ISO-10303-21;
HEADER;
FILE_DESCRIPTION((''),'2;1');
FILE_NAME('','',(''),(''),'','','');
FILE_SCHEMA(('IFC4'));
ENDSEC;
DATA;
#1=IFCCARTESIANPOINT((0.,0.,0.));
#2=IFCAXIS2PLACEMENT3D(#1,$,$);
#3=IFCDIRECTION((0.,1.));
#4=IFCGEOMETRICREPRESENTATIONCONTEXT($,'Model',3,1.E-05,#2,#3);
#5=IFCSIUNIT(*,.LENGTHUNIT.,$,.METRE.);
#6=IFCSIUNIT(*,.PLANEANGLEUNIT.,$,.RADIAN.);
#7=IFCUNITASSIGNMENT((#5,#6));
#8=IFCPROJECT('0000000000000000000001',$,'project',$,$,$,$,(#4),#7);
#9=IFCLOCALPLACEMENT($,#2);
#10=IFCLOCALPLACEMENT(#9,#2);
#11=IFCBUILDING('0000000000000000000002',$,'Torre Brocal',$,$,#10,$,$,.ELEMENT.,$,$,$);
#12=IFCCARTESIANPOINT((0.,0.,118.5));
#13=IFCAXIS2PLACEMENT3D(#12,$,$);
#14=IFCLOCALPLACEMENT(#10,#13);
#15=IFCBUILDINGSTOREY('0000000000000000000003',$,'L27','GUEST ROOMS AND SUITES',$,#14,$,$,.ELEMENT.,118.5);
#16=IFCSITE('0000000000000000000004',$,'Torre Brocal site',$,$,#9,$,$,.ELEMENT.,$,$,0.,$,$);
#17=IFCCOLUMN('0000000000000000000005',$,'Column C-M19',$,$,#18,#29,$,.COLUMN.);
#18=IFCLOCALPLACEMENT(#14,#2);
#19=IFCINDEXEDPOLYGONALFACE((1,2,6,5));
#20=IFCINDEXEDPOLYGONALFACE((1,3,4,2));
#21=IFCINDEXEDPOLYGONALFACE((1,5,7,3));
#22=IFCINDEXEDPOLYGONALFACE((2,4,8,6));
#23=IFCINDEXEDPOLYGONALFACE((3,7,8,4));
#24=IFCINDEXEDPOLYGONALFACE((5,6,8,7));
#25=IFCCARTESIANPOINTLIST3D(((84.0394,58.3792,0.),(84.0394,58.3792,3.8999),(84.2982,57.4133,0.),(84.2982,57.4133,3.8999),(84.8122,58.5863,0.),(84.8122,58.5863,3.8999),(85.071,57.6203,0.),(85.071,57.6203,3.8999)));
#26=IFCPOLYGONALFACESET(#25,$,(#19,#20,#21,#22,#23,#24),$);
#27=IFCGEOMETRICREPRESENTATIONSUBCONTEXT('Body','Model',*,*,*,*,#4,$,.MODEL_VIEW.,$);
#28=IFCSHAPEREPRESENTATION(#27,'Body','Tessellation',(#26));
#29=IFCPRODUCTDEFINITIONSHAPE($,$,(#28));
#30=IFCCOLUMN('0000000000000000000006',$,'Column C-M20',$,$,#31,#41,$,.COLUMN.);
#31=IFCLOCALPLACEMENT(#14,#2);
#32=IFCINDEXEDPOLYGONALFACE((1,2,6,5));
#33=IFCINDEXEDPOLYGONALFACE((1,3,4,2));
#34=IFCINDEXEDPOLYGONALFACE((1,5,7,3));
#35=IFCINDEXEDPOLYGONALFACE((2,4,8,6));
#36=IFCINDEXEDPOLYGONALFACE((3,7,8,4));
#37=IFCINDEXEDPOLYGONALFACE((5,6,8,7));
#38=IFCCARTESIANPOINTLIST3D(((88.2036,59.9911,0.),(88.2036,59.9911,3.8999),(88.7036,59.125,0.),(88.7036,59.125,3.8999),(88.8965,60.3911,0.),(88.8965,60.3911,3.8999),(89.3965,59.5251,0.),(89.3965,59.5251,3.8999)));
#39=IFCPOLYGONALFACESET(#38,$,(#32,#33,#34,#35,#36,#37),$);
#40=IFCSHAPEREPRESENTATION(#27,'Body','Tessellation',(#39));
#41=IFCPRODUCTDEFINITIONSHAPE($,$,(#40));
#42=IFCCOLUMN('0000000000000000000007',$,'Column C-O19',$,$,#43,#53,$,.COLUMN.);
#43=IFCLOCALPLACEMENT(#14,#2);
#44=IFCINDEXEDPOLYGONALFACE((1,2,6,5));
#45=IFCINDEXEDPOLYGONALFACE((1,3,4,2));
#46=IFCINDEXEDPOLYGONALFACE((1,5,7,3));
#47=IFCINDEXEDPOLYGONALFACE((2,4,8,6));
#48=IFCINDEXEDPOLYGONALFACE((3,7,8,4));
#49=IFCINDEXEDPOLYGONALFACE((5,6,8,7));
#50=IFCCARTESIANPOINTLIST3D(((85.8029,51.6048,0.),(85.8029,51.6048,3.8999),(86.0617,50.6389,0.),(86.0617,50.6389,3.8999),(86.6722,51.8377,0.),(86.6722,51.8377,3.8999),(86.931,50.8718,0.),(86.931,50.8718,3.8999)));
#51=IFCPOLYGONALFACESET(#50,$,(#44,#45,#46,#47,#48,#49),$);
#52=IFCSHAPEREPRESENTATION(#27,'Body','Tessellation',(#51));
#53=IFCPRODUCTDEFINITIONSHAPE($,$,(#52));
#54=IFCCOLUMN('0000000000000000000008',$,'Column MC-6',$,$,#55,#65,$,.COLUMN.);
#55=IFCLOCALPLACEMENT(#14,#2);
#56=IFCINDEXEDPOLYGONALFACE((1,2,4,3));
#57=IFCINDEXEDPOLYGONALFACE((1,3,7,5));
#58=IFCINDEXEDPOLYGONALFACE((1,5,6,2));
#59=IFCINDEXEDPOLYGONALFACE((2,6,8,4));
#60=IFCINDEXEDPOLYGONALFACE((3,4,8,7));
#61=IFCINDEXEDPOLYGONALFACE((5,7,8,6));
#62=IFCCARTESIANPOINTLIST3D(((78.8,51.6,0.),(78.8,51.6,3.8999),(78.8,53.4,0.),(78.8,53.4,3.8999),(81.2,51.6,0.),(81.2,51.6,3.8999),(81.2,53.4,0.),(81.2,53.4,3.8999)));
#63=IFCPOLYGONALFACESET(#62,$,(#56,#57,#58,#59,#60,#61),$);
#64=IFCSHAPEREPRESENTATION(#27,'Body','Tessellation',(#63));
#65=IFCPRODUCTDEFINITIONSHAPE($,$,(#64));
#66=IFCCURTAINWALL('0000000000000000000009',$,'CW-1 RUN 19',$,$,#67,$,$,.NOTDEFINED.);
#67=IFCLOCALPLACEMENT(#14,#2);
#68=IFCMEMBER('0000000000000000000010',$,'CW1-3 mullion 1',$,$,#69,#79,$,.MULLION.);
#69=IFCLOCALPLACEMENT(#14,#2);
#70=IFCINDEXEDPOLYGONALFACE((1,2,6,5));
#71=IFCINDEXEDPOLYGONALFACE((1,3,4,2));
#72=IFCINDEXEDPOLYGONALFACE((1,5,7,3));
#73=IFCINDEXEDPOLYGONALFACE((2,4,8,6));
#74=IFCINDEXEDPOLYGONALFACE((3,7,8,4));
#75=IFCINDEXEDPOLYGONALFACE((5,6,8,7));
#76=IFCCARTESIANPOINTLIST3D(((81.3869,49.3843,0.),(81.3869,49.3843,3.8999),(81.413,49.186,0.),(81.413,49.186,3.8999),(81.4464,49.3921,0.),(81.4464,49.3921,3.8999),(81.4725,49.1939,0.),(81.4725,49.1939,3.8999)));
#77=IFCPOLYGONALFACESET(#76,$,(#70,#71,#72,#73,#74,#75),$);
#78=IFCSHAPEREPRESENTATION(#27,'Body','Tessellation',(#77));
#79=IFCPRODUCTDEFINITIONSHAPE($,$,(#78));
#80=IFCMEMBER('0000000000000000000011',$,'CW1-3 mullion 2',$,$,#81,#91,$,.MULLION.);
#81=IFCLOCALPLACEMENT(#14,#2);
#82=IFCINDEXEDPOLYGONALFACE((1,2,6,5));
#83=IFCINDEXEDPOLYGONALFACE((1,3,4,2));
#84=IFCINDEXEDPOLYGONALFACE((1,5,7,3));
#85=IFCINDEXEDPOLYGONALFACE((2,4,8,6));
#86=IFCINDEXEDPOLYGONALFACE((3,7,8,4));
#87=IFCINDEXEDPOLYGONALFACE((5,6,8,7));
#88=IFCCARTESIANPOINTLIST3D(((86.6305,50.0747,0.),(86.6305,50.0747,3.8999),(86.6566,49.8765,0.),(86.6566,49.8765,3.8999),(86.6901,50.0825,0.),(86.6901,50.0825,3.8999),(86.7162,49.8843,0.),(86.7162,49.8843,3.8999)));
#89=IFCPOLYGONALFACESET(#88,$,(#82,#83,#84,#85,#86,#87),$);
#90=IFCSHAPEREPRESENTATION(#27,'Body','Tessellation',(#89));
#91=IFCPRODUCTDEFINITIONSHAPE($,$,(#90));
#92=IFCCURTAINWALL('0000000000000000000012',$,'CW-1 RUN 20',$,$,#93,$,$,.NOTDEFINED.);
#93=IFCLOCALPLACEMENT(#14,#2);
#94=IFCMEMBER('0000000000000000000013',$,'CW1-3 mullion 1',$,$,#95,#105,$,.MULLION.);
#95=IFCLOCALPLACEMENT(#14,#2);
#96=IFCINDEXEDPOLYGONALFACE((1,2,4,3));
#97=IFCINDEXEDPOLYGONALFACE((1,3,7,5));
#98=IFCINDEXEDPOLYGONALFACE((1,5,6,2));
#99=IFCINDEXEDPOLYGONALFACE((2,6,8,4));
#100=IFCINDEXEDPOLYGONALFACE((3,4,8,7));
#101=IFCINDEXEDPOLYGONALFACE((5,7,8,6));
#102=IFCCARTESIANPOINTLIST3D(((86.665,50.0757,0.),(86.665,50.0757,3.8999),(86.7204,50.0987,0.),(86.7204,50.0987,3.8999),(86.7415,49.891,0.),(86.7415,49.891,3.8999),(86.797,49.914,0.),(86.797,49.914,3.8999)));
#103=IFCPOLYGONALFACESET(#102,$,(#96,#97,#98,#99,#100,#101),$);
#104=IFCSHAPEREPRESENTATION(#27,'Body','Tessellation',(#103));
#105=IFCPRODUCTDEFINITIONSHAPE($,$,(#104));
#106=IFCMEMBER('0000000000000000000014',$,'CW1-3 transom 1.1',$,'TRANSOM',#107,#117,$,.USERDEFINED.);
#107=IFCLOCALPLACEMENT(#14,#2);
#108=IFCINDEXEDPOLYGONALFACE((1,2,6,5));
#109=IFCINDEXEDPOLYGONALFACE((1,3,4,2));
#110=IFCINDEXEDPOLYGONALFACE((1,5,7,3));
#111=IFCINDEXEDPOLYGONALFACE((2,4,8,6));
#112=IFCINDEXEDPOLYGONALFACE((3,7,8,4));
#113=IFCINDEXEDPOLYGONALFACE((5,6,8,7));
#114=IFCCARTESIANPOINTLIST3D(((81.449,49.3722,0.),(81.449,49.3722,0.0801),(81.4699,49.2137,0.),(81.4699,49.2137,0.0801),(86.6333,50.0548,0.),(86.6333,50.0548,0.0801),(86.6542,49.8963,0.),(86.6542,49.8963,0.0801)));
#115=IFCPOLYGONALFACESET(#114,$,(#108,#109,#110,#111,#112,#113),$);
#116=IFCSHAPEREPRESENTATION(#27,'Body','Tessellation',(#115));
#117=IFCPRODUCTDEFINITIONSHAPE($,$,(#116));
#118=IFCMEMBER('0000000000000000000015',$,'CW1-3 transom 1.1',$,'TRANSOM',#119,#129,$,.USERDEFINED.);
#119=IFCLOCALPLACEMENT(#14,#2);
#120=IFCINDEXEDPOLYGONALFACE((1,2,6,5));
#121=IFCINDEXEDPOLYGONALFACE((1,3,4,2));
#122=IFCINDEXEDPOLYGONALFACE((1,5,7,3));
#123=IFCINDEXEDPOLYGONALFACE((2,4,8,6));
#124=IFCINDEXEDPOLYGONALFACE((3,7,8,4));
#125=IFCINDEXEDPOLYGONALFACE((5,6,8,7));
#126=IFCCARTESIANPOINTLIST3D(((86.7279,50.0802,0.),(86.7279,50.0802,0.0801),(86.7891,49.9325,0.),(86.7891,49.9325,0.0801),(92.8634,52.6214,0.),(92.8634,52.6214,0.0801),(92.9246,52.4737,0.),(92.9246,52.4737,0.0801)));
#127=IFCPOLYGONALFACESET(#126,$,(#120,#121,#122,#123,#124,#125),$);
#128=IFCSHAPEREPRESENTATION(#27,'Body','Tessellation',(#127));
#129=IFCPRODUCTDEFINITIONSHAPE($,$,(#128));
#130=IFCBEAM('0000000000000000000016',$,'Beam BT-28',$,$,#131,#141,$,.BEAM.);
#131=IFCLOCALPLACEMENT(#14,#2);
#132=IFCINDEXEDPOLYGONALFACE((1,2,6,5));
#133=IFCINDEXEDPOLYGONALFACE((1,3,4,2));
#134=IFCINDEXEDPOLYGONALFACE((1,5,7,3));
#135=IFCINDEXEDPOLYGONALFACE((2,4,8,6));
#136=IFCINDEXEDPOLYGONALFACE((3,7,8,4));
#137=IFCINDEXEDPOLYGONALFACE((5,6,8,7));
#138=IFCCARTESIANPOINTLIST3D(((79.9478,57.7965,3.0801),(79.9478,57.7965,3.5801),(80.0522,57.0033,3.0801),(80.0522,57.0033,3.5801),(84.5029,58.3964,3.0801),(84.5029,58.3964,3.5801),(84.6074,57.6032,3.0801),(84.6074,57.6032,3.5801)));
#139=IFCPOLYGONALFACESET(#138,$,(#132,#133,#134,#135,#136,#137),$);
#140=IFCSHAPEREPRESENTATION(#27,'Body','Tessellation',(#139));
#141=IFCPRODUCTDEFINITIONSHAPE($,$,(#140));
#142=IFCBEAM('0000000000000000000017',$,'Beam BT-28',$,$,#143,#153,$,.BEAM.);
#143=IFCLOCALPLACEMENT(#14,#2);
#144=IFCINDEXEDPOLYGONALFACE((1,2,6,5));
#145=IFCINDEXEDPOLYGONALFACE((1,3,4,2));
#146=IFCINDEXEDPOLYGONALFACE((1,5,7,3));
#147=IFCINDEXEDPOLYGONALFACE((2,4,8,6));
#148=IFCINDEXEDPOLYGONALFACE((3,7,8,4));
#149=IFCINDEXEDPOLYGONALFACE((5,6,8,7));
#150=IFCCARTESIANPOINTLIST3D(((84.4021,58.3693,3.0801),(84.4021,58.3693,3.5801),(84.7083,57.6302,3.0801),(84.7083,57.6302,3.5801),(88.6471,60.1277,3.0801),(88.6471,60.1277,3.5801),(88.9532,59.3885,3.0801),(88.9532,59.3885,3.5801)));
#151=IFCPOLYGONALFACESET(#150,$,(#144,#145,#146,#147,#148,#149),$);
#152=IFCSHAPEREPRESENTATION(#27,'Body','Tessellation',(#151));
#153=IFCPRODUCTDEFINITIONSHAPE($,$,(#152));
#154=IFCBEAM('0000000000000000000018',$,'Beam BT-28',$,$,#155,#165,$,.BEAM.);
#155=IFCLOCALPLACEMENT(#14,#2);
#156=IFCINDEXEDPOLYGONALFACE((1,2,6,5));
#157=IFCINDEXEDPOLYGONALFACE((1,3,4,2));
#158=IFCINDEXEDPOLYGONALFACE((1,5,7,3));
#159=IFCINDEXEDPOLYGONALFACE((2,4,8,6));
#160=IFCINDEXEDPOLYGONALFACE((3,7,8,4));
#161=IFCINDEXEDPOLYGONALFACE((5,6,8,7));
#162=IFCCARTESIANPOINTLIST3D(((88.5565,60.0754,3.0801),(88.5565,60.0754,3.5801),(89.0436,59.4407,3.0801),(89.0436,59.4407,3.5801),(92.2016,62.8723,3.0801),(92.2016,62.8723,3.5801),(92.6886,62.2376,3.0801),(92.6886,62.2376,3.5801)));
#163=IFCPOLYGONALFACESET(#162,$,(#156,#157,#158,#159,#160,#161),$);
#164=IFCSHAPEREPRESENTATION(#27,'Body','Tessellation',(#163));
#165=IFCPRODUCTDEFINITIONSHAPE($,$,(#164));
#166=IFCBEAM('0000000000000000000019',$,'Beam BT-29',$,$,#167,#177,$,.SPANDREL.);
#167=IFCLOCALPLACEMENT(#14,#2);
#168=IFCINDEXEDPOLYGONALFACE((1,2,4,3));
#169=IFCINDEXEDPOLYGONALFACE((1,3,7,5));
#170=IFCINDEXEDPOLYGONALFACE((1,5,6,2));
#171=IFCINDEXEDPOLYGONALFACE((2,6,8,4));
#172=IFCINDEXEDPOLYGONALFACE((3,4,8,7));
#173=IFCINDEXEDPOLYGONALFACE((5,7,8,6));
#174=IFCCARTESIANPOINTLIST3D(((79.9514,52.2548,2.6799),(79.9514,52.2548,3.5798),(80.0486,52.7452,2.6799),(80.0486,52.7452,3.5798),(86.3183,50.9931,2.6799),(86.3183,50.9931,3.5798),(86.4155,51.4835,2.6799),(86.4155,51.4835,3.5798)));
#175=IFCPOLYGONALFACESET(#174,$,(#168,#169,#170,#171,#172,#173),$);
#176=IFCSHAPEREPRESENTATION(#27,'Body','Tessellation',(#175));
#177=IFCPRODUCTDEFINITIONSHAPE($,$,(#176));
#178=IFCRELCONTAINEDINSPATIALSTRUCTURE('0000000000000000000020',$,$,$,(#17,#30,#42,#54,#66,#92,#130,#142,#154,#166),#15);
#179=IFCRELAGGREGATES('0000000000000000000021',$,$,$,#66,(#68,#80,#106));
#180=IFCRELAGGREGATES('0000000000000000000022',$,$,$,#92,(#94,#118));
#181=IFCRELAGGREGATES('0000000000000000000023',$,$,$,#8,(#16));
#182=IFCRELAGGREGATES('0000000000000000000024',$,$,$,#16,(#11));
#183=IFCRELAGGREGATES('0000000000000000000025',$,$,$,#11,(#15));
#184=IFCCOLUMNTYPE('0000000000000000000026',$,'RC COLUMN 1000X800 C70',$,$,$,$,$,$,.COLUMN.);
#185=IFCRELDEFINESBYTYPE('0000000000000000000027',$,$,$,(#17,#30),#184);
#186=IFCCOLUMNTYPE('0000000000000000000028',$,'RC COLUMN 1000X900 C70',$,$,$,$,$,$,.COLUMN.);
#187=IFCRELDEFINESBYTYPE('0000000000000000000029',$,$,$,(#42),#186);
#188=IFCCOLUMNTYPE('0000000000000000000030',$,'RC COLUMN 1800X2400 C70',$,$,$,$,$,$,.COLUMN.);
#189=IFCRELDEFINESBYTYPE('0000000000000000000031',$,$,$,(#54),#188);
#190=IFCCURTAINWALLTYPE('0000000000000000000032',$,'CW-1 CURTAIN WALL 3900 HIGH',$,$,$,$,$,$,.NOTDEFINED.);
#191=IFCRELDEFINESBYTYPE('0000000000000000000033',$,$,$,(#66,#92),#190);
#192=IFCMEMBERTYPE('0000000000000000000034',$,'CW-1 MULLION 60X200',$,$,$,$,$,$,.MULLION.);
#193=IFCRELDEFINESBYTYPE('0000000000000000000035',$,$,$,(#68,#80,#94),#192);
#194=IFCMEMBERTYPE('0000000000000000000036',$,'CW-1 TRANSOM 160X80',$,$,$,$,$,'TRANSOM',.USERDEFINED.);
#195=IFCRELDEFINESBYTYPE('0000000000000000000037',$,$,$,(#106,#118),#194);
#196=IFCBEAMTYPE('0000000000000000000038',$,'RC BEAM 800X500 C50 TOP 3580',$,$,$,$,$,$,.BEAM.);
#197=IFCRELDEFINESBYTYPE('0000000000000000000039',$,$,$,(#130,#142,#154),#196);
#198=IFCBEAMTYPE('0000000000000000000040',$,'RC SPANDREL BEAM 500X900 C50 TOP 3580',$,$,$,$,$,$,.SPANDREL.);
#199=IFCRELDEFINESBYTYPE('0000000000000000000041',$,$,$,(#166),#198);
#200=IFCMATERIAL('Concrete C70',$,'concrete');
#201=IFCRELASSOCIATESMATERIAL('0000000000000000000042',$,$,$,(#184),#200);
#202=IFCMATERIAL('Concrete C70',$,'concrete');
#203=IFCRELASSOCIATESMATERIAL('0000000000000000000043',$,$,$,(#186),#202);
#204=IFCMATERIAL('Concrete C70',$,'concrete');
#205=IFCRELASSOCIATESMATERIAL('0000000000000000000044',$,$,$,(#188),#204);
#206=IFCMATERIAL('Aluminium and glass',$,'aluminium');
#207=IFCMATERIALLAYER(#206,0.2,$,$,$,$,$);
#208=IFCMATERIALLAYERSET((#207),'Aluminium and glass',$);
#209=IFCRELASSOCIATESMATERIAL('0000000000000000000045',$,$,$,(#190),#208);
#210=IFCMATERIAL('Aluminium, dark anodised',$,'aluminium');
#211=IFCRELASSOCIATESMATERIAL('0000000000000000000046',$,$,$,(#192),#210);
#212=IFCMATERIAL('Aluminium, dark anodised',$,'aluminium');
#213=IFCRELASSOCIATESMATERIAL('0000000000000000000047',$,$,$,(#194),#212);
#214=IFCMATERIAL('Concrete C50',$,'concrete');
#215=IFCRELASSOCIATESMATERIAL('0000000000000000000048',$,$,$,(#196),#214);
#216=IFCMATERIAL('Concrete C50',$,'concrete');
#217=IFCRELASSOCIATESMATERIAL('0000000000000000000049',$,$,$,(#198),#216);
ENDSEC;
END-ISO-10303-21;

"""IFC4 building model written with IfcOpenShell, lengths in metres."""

from ifc_helpers import new_model, si_unit, direction, frame, origin, origin_2d, place, context, subcontext, project, spatial, rectangle, extrude, material, layer, layer_set, material_profile, profile_set, type_object, element, aggregate, save


model = new_model("IFC4")

# Units and contexts
model_context = context("Model", 3, precision=1e-05, world=origin(), true_north=direction((0.0, 1.0)))
body_context = subcontext(model_context, "Body", "Model", "MODEL_VIEW")
ifc_project = project(units=[si_unit("LENGTHUNIT", "METRE"), si_unit("PLANEANGLEUNIT", "RADIAN")], contexts=[model_context])

# Site, building, storey
site_placement = place(None, origin())
site = spatial("IfcSite", under=ifc_project, at=site_placement, Name="Torre Brocal site", CompositionType="ELEMENT", RefElevation=0.0)
building_placement = place(site_placement, origin())
building = spatial("IfcBuilding", under=site, at=building_placement, Name="Torre Brocal", CompositionType="ELEMENT")
storey_placement = place(building_placement, frame((0.0, 0.0, 118.5)))
storey = spatial("IfcBuildingStorey", under=building, at=storey_placement, Name="L27", Description="GUEST ROOMS AND SUITES", CompositionType="ELEMENT", Elevation=118.5)

# Columns
ifc_material_1 = material(Name="Concrete C70", Category="concrete")
ifc_material_profile_1 = material_profile(ifc_material_1, rectangle(XDim=1.0, YDim=0.8, at=origin_2d()), Name="RC 1000X800")
ifc_profile_set_1 = profile_set([ifc_material_profile_1], Name="Concrete C70")
column_type_1 = type_object("IfcColumnType", Name="RC COLUMN 1000X800 C70", PredefinedType="COLUMN", material=ifc_profile_set_1)
for number, where, z_axis, x_axis, name in (
    (1, (84.5552, 57.9998, 0.0), (0.0, 0.0, 1.0), (0.258819, -0.965926, 0.0), "Column C-M19"),
    (2, (88.8, 59.7581, 0.0), (0.0, 0.0, 1.0), (0.5, -0.866025, 0.0), "Column C-M20"),
):
    element("IfcColumn", number, at=place(storey_placement, frame(where, z_axis=z_axis, x_axis=x_axis)), inside=storey, type_object=column_type_1, Name=name, PredefinedType="COLUMN", context=body_context, shape_type="SweptSolid", body=[
        extrude(rectangle(XDim=1.0, YDim=0.8, at=origin_2d()), origin(), (0.0, 0.0, 1.0), 3.8999),
    ])
ifc_material_2 = material(Name="Concrete C70", Category="concrete")
ifc_material_profile_2 = material_profile(ifc_material_2, rectangle(XDim=1.0, YDim=0.8999, at=origin_2d()), Name="RC 1000X900")
ifc_profile_set_2 = profile_set([ifc_material_profile_2], Name="Concrete C70")
column_type_2 = type_object("IfcColumnType", Name="RC COLUMN 1000X900 C70", PredefinedType="COLUMN", material=ifc_profile_set_2)
column_1_placement = place(storey_placement, frame((86.3669, 51.2383, 0.0), z_axis=(0.0, 0.0, 1.0), x_axis=(0.258819, -0.965926, 0.0)))
element("IfcColumn", 3, at=column_1_placement, inside=storey, type_object=column_type_2, Name="Column C-O19", PredefinedType="COLUMN", context=body_context, shape_type="SweptSolid", body=[
    extrude(rectangle(XDim=1.0, YDim=0.8999, at=origin_2d()), origin(), (0.0, 0.0, 1.0), 3.8999),
])
ifc_material_3 = material(Name="Concrete C70", Category="concrete")
ifc_material_profile_3 = material_profile(ifc_material_3, rectangle(XDim=1.8, YDim=2.3999, at=origin_2d()), Name="RC 1800X2400")
ifc_profile_set_3 = profile_set([ifc_material_profile_3], Name="Concrete C70")
column_type_3 = type_object("IfcColumnType", Name="RC COLUMN 1800X2400 C70", PredefinedType="COLUMN", material=ifc_profile_set_3)
column_2_placement = place(storey_placement, frame((80.0, 52.5, 0.0), z_axis=(0.0, 0.0, 1.0), x_axis=(0.0, -1.0, 0.0)))
element("IfcColumn", 4, at=column_2_placement, inside=storey, type_object=column_type_3, Name="Column MC-6", PredefinedType="COLUMN", context=body_context, shape_type="SweptSolid", body=[
    extrude(rectangle(XDim=1.8, YDim=2.3999, at=origin_2d()), origin(), (0.0, 0.0, 1.0), 3.8999),
])

# Curtain wall, members
ifc_material_4 = material(Name="Aluminium and glass", Category="aluminium")
ifc_layer_1 = layer(ifc_material_4, 0.2)
ifc_layer_set_1 = layer_set([ifc_layer_1], Name="Aluminium and glass")
curtain_wall_type = type_object("IfcCurtainWallType", Name="CW-1 CURTAIN WALL 3900 HIGH", PredefinedType="NOTDEFINED", material=ifc_layer_set_1)
curtain_wall_1_placement = place(storey_placement, origin())
curtain_wall_1 = element("IfcCurtainWall", 5, at=curtain_wall_1_placement, inside=storey, type_object=curtain_wall_type, Name="CW-1 RUN 19", PredefinedType="NOTDEFINED")
ifc_material_5 = material(Name="Aluminium, dark anodised", Category="aluminium")
ifc_material_profile_4 = material_profile(ifc_material_5, rectangle(XDim=0.2, YDim=0.0601, at=origin_2d()), Name="CW-1 MULLION 60X200")
ifc_profile_set_4 = profile_set([ifc_material_profile_4], Name="Aluminium, dark anodised")
member_type_1 = type_object("IfcMemberType", Name="CW-1 MULLION 60X200", PredefinedType="MULLION", material=ifc_profile_set_4)
member_1_placement = place(storey_placement, frame((81.4297, 49.2891, 0.0), z_axis=(0.0, 0.0, 1.0), x_axis=(-0.130526, 0.991445, 0.0)))
member_1 = element("IfcMember", 6, at=member_1_placement, type_object=member_type_1, Name="CW1-3 mullion 1", PredefinedType="MULLION", context=body_context, shape_type="SweptSolid", body=[
    extrude(rectangle(XDim=0.2, YDim=0.0601, at=origin_2d()), origin(), (0.0, 0.0, 1.0), 3.8999),
])
member_2_placement = place(storey_placement, frame((86.6733, 49.9795, 0.0), z_axis=(0.0, 0.0, 1.0), x_axis=(-0.130526, 0.991445, 0.0)))
member_2 = element("IfcMember", 7, at=member_2_placement, type_object=member_type_1, Name="CW1-3 mullion 2", PredefinedType="MULLION", context=body_context, shape_type="SweptSolid", body=[
    extrude(rectangle(XDim=0.2, YDim=0.0601, at=origin_2d()), origin(), (0.0, 0.0, 1.0), 3.8999),
])

# Curtain wall, member
curtain_wall_2_placement = place(storey_placement, origin())
curtain_wall_2 = element("IfcCurtainWall", 8, at=curtain_wall_2_placement, inside=storey, type_object=curtain_wall_type, Name="CW-1 RUN 20", PredefinedType="NOTDEFINED")
member_3_placement = place(storey_placement, frame((86.731, 49.9949, 0.0), z_axis=(0.0, 0.0, 1.0), x_axis=(-0.382683, 0.92388, 0.0)))
member_3 = element("IfcMember", 9, at=member_3_placement, type_object=member_type_1, Name="CW1-3 mullion 1", PredefinedType="MULLION", context=body_context, shape_type="SweptSolid", body=[
    extrude(rectangle(XDim=0.2, YDim=0.0601, at=origin_2d()), origin(), (0.0, 0.0, 1.0), 3.8999),
])

# Members
ifc_material_6 = material(Name="Aluminium, dark anodised", Category="aluminium")
ifc_material_profile_5 = material_profile(ifc_material_6, rectangle(XDim=0.1599, YDim=0.0801, at=origin_2d()), Name="CW-1 TRANSOM 160X80")
ifc_profile_set_5 = profile_set([ifc_material_profile_5], Name="Aluminium, dark anodised")
member_type_2 = type_object("IfcMemberType", Name="CW-1 TRANSOM 160X80", ElementType="TRANSOM", PredefinedType="USERDEFINED", material=ifc_profile_set_5)
member_4_placement = place(storey_placement, frame((81.4595, 49.293, 0.04), z_axis=(0.991443, 0.130543, 0.0), x_axis=(-0.130543, 0.991443, 0.0)))
member_4 = element("IfcMember", 10, at=member_4_placement, type_object=member_type_2, Name="CW1-3 transom 1.1", ObjectType="TRANSOM", PredefinedType="USERDEFINED", context=body_context, shape_type="SweptSolid", body=[
    extrude(rectangle(XDim=0.1599, YDim=0.0801, at=origin_2d()), origin(), (0.0, 0.0, 1.0), 5.229),
])
member_5_placement = place(storey_placement, frame((86.7585, 50.0063, 0.04), z_axis=(0.923887, 0.382665, 0.0), x_axis=(-0.382665, 0.923887, 0.0)))
member_5 = element("IfcMember", 11, at=member_5_placement, type_object=member_type_2, Name="CW1-3 transom 1.1", ObjectType="TRANSOM", PredefinedType="USERDEFINED", context=body_context, shape_type="SweptSolid", body=[
    extrude(rectangle(XDim=0.1599, YDim=0.0801, at=origin_2d()), origin(), (0.0, 0.0, 1.0), 6.6409),
])

# Beams
ifc_material_7 = material(Name="Concrete C50", Category="concrete")
ifc_material_profile_6 = material_profile(ifc_material_7, rectangle(XDim=0.8, YDim=0.5, at=origin_2d()), Name="RC 800X500")
ifc_profile_set_6 = profile_set([ifc_material_profile_6], Name="Concrete C50")
beam_type_1 = type_object("IfcBeamType", Name="RC BEAM 800X500 C50 TOP 3580", PredefinedType="BEAM", material=ifc_profile_set_6)
beam_1_placement = place(storey_placement, frame((80.0, 57.3999, 3.3301), z_axis=(0.991441, 0.130559, 0.0), x_axis=(-0.130559, 0.991441, 0.0)))
element("IfcBeam", 12, at=beam_1_placement, inside=storey, type_object=beam_type_1, Name="Beam BT-28", PredefinedType="BEAM", context=body_context, shape_type="SweptSolid", body=[
    extrude(rectangle(XDim=0.8, YDim=0.5, at=origin_2d()), origin(), (0.0, 0.0, 1.0), 4.5945),
])
beam_2_placement = place(storey_placement, frame((84.5552, 57.9998, 3.3301), z_axis=(0.923878, 0.382687, 0.0), x_axis=(-0.382687, 0.923878, 0.0)))
element("IfcBeam", 13, at=beam_2_placement, inside=storey, type_object=beam_type_1, Name="Beam BT-28", PredefinedType="BEAM", context=body_context, shape_type="SweptSolid", body=[
    extrude(rectangle(XDim=0.8, YDim=0.5, at=origin_2d()), origin(), (0.0, 0.0, 1.0), 4.5947),
])
beam_3_placement = place(storey_placement, frame((88.8, 59.7581, 3.3301), z_axis=(0.793358, 0.608755, 0.0), x_axis=(-0.608755, 0.793358, 0.0)))
element("IfcBeam", 14, at=beam_3_placement, inside=storey, type_object=beam_type_1, Name="Beam BT-28", PredefinedType="BEAM", context=body_context, shape_type="SweptSolid", body=[
    extrude(rectangle(XDim=0.8, YDim=0.5, at=origin_2d()), origin(), (0.0, 0.0, 1.0), 4.5945),
])
ifc_material_8 = material(Name="Concrete C50", Category="concrete")
ifc_material_profile_7 = material_profile(ifc_material_8, rectangle(XDim=0.5, YDim=0.8999, at=origin_2d()), Name="RC 500X900")
ifc_profile_set_7 = profile_set([ifc_material_profile_7], Name="Concrete C50")
beam_type_2 = type_object("IfcBeamType", Name="RC SPANDREL BEAM 500X900 C50 TOP 3580", PredefinedType="SPANDREL", material=ifc_profile_set_7)
beam_4_placement = place(storey_placement, frame((80.0, 52.5, 3.1299), z_axis=(0.980925, -0.194387, 0.0), x_axis=(0.194387, 0.980925, 0.0)))
element("IfcBeam", 15, at=beam_4_placement, inside=storey, type_object=beam_type_2, Name="Beam BT-29", PredefinedType="SPANDREL", context=body_context, shape_type="SweptSolid", body=[
    extrude(rectangle(XDim=0.5, YDim=0.8999, at=origin_2d()), origin(), (0.0, 0.0, 1.0), 6.4907),
])

aggregate(curtain_wall_1, [member_1, member_2, member_4])
aggregate(curtain_wall_2, [member_3, member_5])

save(model, "model.ifc")
